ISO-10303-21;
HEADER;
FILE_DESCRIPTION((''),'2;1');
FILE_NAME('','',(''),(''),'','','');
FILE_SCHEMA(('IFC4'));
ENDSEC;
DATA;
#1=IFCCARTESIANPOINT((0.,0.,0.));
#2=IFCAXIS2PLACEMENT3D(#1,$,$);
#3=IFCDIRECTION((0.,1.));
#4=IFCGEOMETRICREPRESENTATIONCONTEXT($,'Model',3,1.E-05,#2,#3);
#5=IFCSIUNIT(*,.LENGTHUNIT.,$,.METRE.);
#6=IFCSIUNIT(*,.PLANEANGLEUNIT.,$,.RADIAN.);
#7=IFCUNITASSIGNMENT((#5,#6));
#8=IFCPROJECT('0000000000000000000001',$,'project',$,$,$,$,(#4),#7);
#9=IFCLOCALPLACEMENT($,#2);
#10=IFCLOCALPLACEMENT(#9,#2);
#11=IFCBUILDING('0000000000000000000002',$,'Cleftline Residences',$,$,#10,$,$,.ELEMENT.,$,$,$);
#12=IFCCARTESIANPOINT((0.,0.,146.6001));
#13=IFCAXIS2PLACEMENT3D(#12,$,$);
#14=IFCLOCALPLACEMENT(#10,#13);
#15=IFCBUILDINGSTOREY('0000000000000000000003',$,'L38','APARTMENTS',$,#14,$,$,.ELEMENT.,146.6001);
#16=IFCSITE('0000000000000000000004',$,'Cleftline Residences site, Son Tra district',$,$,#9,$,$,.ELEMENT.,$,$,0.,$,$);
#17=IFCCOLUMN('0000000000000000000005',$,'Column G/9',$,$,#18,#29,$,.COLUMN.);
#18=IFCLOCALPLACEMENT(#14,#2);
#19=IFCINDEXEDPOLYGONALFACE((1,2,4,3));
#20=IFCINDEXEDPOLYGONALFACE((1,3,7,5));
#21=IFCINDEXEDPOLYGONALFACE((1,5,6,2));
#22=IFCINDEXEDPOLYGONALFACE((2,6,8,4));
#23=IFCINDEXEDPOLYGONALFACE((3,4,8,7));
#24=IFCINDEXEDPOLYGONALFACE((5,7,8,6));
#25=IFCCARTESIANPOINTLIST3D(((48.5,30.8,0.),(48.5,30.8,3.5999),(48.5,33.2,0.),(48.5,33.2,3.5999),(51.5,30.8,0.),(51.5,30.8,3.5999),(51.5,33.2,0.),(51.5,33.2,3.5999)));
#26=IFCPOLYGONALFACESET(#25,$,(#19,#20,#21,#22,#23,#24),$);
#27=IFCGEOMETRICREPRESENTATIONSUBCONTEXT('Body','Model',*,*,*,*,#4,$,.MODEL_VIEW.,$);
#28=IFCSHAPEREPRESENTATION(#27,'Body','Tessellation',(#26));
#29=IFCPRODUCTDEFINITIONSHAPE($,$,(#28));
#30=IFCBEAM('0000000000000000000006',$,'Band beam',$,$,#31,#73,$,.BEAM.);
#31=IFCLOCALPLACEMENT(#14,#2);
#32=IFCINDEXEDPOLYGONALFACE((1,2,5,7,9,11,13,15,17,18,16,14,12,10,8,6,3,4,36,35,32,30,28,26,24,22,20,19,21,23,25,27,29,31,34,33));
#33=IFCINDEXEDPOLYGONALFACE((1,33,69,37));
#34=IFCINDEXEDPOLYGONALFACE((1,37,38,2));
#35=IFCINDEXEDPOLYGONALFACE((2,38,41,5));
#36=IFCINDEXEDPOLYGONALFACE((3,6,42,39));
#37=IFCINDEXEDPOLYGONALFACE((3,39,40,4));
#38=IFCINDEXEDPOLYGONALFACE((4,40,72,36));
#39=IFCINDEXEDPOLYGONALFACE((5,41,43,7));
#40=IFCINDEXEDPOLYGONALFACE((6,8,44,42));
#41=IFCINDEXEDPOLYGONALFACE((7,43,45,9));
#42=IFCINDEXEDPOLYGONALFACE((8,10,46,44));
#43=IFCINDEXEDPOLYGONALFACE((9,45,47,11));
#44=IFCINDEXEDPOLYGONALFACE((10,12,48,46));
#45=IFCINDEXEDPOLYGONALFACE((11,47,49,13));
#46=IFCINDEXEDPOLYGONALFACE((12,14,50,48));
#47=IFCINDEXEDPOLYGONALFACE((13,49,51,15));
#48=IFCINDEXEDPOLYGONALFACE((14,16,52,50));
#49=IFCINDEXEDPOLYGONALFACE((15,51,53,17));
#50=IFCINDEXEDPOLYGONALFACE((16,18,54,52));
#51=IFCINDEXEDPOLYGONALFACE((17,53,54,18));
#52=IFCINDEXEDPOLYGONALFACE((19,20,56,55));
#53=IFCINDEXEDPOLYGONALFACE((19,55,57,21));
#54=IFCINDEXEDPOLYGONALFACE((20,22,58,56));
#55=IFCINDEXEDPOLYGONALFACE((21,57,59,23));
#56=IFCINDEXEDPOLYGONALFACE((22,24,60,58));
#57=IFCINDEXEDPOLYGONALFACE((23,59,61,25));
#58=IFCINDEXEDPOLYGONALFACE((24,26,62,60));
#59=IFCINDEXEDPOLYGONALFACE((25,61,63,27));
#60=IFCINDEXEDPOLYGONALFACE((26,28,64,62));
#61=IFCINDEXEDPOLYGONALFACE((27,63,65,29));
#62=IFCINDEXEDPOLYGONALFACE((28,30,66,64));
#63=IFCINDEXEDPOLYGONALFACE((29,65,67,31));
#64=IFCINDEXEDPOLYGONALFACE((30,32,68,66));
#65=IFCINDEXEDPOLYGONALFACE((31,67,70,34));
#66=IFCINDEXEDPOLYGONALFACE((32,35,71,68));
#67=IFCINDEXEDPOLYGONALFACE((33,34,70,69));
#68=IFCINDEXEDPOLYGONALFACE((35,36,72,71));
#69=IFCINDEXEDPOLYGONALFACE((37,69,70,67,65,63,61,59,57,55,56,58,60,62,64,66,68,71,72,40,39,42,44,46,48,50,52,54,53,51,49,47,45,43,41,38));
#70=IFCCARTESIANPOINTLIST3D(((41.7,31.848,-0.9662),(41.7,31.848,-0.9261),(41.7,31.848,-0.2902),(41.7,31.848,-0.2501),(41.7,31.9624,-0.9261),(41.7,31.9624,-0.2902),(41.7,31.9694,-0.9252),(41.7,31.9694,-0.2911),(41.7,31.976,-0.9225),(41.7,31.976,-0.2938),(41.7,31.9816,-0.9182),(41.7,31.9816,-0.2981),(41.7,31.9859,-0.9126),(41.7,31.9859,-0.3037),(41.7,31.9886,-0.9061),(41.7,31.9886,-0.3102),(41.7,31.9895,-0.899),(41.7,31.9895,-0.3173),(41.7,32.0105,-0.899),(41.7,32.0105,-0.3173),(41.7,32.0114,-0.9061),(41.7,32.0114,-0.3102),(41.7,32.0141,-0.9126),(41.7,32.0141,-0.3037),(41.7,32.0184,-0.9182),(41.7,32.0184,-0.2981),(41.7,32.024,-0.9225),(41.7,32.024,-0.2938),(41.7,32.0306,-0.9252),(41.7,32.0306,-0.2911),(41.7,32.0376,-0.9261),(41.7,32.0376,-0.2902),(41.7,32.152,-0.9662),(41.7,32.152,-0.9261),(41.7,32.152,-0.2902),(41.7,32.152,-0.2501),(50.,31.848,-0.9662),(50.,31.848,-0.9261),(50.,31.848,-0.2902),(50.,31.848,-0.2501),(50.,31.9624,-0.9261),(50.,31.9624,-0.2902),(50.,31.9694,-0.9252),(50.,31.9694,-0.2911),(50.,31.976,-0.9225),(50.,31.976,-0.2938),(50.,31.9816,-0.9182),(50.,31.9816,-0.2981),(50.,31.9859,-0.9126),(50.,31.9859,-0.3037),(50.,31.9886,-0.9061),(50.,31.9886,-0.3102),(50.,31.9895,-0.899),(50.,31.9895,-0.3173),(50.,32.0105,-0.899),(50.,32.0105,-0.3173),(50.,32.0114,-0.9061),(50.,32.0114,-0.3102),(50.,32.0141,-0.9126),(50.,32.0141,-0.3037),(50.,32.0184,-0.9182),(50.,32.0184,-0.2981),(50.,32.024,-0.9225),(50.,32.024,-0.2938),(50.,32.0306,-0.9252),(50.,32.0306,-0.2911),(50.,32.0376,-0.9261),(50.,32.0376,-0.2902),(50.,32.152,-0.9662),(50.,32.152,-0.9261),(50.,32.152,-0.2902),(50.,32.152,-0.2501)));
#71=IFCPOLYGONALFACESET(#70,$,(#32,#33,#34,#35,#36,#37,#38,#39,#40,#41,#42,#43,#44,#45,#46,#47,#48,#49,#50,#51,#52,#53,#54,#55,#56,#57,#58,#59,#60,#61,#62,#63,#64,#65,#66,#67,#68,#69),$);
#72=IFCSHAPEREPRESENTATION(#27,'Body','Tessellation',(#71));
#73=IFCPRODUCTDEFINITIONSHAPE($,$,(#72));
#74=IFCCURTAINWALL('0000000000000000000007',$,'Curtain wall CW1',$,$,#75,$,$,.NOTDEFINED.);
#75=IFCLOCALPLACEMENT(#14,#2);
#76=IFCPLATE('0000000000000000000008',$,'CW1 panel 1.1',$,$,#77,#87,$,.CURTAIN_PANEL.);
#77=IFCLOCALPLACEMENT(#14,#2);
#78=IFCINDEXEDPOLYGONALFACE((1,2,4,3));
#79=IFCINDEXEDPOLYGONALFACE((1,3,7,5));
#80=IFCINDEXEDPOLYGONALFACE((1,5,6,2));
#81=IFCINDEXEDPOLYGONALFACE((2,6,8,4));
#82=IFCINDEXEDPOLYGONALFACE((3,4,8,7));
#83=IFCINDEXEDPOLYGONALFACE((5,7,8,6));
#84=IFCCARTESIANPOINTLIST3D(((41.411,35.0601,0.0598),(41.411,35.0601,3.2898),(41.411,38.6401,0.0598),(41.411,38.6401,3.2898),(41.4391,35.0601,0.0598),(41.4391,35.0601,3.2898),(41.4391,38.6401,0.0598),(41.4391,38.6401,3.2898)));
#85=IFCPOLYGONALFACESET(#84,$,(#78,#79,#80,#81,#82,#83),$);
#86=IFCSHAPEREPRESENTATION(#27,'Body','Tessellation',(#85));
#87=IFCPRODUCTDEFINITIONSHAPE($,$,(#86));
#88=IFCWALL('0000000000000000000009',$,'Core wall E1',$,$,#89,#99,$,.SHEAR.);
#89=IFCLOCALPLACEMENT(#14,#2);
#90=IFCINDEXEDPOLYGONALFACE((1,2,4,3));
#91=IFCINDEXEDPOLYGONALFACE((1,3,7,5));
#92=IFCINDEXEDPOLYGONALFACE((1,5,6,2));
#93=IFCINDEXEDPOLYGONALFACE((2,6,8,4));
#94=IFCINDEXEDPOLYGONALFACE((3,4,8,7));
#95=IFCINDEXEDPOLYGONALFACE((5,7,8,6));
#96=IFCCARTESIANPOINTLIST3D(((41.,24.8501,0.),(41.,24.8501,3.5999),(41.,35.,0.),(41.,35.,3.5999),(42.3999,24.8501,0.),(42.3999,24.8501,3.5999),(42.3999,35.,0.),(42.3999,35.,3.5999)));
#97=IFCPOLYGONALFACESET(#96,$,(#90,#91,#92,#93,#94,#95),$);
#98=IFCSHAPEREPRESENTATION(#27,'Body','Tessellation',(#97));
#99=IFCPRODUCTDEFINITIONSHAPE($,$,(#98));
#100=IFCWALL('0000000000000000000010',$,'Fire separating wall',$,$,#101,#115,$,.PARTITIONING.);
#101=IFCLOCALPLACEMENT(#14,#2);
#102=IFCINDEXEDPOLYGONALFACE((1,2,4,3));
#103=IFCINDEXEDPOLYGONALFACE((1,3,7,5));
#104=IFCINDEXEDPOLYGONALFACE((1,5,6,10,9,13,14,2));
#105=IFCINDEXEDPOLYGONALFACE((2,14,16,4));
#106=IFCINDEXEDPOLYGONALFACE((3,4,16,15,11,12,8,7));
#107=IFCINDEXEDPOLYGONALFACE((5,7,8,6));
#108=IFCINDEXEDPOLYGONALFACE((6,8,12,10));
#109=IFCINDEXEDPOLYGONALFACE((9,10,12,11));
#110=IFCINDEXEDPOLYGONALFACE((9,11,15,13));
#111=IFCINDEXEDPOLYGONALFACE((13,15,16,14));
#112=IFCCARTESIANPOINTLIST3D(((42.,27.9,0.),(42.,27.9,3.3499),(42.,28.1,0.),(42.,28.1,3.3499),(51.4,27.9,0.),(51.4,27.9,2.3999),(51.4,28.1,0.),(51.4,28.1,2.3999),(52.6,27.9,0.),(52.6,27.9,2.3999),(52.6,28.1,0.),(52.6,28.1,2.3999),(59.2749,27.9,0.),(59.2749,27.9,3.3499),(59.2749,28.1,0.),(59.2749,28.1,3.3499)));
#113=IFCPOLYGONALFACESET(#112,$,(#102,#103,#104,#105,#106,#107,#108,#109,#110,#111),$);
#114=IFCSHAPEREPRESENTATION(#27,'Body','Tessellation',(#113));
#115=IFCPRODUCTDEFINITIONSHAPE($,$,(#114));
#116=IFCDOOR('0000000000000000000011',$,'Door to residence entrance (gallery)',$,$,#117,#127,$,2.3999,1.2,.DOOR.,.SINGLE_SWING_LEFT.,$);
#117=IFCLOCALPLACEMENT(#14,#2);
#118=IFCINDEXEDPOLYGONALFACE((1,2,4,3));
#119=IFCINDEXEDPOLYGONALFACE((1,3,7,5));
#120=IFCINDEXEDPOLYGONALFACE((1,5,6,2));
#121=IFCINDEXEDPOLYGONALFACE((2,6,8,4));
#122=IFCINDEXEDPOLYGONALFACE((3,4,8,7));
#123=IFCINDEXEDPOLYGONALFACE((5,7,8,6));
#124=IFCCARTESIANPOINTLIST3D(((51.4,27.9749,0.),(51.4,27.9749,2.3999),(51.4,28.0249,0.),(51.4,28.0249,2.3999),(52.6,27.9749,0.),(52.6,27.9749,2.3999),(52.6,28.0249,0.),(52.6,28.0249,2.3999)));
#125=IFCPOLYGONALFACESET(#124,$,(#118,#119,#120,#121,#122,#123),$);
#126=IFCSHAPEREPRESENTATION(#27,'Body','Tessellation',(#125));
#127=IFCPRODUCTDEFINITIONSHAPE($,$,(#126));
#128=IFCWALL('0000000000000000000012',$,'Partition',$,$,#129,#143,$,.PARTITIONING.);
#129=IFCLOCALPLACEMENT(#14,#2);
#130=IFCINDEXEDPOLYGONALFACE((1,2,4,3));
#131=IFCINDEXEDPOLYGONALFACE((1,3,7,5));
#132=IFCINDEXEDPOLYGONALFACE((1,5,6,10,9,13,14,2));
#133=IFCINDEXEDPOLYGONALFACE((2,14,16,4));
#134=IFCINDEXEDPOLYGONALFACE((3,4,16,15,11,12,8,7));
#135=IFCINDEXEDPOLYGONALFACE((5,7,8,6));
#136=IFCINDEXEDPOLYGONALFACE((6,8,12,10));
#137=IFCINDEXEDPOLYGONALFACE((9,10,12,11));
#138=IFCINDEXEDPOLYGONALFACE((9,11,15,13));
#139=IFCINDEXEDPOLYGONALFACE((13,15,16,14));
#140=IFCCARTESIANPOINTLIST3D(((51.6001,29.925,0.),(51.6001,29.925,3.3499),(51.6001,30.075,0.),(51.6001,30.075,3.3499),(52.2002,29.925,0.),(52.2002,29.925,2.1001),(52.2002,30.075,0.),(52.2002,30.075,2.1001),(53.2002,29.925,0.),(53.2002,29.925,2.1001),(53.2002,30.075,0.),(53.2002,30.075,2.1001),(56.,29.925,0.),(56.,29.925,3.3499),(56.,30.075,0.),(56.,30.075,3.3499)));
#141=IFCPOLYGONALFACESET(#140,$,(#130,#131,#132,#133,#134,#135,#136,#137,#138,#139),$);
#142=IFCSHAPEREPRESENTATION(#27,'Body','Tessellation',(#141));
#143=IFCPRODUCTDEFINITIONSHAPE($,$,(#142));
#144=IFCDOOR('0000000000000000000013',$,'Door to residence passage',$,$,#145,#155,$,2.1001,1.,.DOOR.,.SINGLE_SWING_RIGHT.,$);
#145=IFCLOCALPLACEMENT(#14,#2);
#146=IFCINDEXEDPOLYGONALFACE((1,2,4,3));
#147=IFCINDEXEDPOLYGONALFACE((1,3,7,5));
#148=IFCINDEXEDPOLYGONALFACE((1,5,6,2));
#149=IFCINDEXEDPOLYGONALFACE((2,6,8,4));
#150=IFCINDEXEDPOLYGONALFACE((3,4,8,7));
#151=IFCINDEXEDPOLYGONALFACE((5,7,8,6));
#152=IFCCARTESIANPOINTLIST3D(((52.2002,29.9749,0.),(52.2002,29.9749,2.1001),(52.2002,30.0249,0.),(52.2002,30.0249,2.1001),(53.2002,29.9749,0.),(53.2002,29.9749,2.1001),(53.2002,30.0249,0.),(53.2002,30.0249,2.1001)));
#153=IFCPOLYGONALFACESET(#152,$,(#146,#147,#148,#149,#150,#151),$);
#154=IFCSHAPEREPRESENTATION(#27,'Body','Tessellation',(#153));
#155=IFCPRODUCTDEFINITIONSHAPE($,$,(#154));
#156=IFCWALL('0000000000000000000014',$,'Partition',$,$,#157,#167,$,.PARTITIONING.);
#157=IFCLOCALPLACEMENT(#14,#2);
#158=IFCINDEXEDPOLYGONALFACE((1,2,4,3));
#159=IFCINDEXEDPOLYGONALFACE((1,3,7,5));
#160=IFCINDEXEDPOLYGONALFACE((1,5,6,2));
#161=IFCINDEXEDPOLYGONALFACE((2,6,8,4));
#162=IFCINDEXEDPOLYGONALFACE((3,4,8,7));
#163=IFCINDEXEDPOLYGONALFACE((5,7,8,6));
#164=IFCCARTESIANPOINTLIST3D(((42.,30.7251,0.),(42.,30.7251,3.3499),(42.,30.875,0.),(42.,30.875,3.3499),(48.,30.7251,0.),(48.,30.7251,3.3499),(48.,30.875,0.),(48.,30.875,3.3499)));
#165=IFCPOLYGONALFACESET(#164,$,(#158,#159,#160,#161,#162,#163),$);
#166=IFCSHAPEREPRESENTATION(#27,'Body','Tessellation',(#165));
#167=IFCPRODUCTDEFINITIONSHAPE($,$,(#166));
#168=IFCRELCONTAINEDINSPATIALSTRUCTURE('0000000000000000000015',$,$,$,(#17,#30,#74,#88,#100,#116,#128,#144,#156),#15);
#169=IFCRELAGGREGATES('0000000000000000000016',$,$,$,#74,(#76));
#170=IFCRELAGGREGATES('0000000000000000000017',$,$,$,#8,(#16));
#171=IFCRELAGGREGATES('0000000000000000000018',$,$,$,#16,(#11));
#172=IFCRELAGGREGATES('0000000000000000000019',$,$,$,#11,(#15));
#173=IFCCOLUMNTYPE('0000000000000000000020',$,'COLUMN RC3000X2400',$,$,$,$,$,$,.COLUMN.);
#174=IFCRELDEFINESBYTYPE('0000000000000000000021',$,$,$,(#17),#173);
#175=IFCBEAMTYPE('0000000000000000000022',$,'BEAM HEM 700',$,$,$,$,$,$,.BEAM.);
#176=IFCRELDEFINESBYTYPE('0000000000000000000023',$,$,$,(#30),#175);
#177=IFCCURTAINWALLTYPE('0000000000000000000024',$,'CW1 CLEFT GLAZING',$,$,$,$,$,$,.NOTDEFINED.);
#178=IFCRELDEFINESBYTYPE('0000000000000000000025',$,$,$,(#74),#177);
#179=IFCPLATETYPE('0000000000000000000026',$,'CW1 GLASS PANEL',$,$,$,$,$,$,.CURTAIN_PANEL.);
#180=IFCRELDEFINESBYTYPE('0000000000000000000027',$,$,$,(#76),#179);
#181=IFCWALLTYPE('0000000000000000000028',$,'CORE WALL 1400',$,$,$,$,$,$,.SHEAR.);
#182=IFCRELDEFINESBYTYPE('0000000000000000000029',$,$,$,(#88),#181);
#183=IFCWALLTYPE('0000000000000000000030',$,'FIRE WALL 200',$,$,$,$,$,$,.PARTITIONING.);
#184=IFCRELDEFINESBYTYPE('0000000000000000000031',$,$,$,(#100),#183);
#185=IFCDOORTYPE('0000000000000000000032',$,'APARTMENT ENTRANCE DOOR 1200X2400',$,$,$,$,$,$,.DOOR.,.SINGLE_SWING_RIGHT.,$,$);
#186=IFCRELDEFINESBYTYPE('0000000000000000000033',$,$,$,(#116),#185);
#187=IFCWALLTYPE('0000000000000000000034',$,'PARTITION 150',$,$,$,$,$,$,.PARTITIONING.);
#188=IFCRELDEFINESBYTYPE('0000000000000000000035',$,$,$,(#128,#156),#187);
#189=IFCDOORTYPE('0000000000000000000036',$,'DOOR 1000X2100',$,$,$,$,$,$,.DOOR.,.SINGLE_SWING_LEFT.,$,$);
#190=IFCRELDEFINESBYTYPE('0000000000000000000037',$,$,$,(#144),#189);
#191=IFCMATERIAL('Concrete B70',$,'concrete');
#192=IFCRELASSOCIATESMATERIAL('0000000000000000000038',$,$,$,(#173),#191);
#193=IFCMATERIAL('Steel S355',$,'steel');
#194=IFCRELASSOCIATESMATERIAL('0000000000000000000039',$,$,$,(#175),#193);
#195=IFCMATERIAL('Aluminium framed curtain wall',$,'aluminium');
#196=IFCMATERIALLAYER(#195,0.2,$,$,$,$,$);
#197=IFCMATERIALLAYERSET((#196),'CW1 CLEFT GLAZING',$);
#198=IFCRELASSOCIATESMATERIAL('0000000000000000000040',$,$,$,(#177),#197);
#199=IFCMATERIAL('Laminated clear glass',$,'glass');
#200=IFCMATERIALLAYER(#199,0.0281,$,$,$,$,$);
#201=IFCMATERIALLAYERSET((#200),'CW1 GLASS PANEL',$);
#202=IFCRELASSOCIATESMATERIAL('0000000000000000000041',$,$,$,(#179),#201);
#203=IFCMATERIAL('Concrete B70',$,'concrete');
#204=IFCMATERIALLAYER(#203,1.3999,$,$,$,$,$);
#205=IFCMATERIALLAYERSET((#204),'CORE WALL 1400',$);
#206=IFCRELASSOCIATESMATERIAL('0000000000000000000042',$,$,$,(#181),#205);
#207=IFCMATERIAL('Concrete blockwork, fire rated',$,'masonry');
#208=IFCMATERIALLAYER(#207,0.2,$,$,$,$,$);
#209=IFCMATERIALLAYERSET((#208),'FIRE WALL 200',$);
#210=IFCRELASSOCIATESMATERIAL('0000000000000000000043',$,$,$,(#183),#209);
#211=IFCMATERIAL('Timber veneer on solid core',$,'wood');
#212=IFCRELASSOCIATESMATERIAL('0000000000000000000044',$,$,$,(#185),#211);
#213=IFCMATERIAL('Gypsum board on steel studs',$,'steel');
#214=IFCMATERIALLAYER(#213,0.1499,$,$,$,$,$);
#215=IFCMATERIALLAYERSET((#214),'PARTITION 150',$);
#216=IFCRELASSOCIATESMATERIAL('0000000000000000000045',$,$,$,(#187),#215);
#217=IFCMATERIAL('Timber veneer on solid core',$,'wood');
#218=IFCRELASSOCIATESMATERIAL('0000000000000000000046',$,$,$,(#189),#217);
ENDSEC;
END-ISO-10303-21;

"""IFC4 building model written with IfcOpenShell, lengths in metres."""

from ifc_helpers import new_model, si_unit, direction, frame, frame_2d, origin, origin_2d, place, context, subcontext, project, spatial, rectangle, i_section, extrude, material, layer, layer_set, material_profile, profile_set, type_object, element, fill, aggregate, save


model = new_model("IFC4")

# Units and contexts
model_context = context("Model", 3, precision=1e-05, world=origin(), true_north=direction((0.0, 1.0)))
body_context = subcontext(model_context, "Body", "Model", "MODEL_VIEW")
ifc_project = project(units=[si_unit("LENGTHUNIT", "METRE"), si_unit("PLANEANGLEUNIT", "RADIAN")], contexts=[model_context])

# Site, building, storey
site_placement = place(None, origin())
site = spatial("IfcSite", under=ifc_project, at=site_placement, Name="Cleftline Residences site, Son Tra district", CompositionType="ELEMENT", RefElevation=0.0)
building_placement = place(site_placement, origin())
building = spatial("IfcBuilding", under=site, at=building_placement, Name="Cleftline Residences", CompositionType="ELEMENT")
storey_placement = place(building_placement, frame((0.0, 0.0, 146.6001)))
storey = spatial("IfcBuildingStorey", under=building, at=storey_placement, Name="L38", Description="APARTMENTS", CompositionType="ELEMENT", Elevation=146.6001)

# Column
ifc_material_1 = material(Name="Concrete B70", Category="concrete")
ifc_material_profile_1 = material_profile(ifc_material_1, rectangle(XDim=3.0, YDim=2.3999, at=origin_2d()))
ifc_profile_set_1 = profile_set([ifc_material_profile_1], Name="Concrete B70")
column_type = type_object("IfcColumnType", Name="COLUMN RC3000X2400", PredefinedType="COLUMN", material=ifc_profile_set_1)
column_placement = place(storey_placement, frame((50.0, 32.0, 0.0), z_axis=(0.0, 0.0, 1.0), x_axis=(1.0, 0.0, 0.0)))
element("IfcColumn", 1, at=column_placement, inside=storey, type_object=column_type, Name="Column G/9", PredefinedType="COLUMN", context=body_context, shape_type="SweptSolid", body=[
    extrude(rectangle(XDim=3.0, YDim=2.3999, at=origin_2d()), origin(), (0.0, 0.0, 1.0), 3.5999),
])

# Beam
ifc_material_2 = material(Name="Steel S355", Category="steel")
ifc_material_profile_2 = material_profile(ifc_material_2, i_section(OverallWidth=0.304, OverallDepth=0.7161, WebThickness=0.021, FlangeThickness=0.04, FilletRadius=0.0271, at=origin_2d()))
ifc_profile_set_2 = profile_set([ifc_material_profile_2], Name="Steel S355")
beam_type = type_object("IfcBeamType", Name="BEAM HEM 700", PredefinedType="BEAM", material=ifc_profile_set_2)
beam_placement = place(storey_placement, frame((50.0, 32.0, -0.6082), z_axis=(-1.0, 0.0, 0.0), x_axis=(0.0, -1.0, 0.0)))
element("IfcBeam", 2, at=beam_placement, inside=storey, type_object=beam_type, Name="Band beam", PredefinedType="BEAM", context=body_context, shape_type="SweptSolid", body=[
    extrude(i_section(OverallWidth=0.304, OverallDepth=0.7161, WebThickness=0.021, FlangeThickness=0.04, FilletRadius=0.0271, at=origin_2d()), origin(), (0.0, 0.0, 1.0), 8.3),
])

# Curtain wall, plate
ifc_material_3 = material(Name="Aluminium framed curtain wall", Category="aluminium")
ifc_layer_1 = layer(ifc_material_3, 0.2)
ifc_layer_set_1 = layer_set([ifc_layer_1], Name="CW1 CLEFT GLAZING")
curtain_wall_type = type_object("IfcCurtainWallType", Name="CW1 CLEFT GLAZING", PredefinedType="NOTDEFINED", material=ifc_layer_set_1)
curtain_wall_placement = place(storey_placement, origin())
curtain_wall = element("IfcCurtainWall", 3, at=curtain_wall_placement, inside=storey, type_object=curtain_wall_type, Name="Curtain wall CW1", PredefinedType="NOTDEFINED")
ifc_material_4 = material(Name="Laminated clear glass", Category="glass")
ifc_layer_2 = layer(ifc_material_4, 0.0281)
ifc_layer_set_2 = layer_set([ifc_layer_2], Name="CW1 GLASS PANEL")
plate_type = type_object("IfcPlateType", Name="CW1 GLASS PANEL", PredefinedType="CURTAIN_PANEL", material=ifc_layer_set_2)
plate_placement = place(storey_placement, frame((41.425, 36.8501, 0.0598), z_axis=(0.0, 0.0, 1.0), x_axis=(0.0, -1.0, 0.0)))
plate = element("IfcPlate", 4, at=plate_placement, type_object=plate_type, Name="CW1 panel 1.1", PredefinedType="CURTAIN_PANEL", context=body_context, shape_type="SweptSolid", body=[
    extrude(rectangle(XDim=3.5801, YDim=0.0281, at=origin_2d()), origin(), (0.0, 0.0, 1.0), 3.23),
])
aggregate(curtain_wall, [plate])

# Wall
ifc_material_5 = material(Name="Concrete B70", Category="concrete")
ifc_layer_3 = layer(ifc_material_5, 1.3999)
ifc_layer_set_3 = layer_set([ifc_layer_3], Name="CORE WALL 1400")
wall_type_1 = type_object("IfcWallType", Name="CORE WALL 1400", PredefinedType="SHEAR", material=ifc_layer_set_3)
wall_1_placement = place(storey_placement, frame((41.7, 24.8501, 0.0), z_axis=(0.0, 0.0, 1.0), x_axis=(0.0, 1.0, 0.0)))
element("IfcWall", 5, at=wall_1_placement, inside=storey, type_object=wall_type_1, Name="Core wall E1", PredefinedType="SHEAR", context=body_context, shape_type="SweptSolid", body=[
    extrude(rectangle(XDim=10.1499, YDim=1.3999, at=frame_2d((5.075, 0.0))), origin(), (0.0, 0.0, 1.0), 3.5999),
])

# Walls, openings, doors
ifc_material_6 = material(Name="Concrete blockwork, fire rated", Category="masonry")
ifc_layer_4 = layer(ifc_material_6, 0.2)
ifc_layer_set_4 = layer_set([ifc_layer_4], Name="FIRE WALL 200")
wall_type_2 = type_object("IfcWallType", Name="FIRE WALL 200", PredefinedType="PARTITIONING", material=ifc_layer_set_4)
wall_2_placement = place(storey_placement, frame((42.0, 28.0, 0.0), z_axis=(0.0, 0.0, 1.0), x_axis=(1.0, 0.0, 0.0)))
wall_2 = element("IfcWall", 6, at=wall_2_placement, inside=storey, type_object=wall_type_2, Name="Fire separating wall", PredefinedType="PARTITIONING", context=body_context, shape_type="SweptSolid", body=[
    extrude(rectangle(XDim=17.2749, YDim=0.2, at=frame_2d((8.6375, 0.0))), origin(), (0.0, 0.0, 1.0), 3.3499),
])
opening_1_placement = place(wall_2_placement, frame((9.3999, 0.0, 0.0)))
opening_1 = element("IfcOpeningElement", 7, at=opening_1_placement, cuts=wall_2, PredefinedType="OPENING", context=body_context, shape_type="SweptSolid", body=[
    extrude(rectangle(XDim=1.2, YDim=2.3999, at=frame_2d((0.6001, 1.2))), frame((0.0, 0.1099, 0.0), z_axis=(0.0, -1.0, 0.0), x_axis=(1.0, 0.0, 0.0)), (0.0, 0.0, 1.0), 0.22),
])
ifc_material_7 = material(Name="Timber veneer on solid core", Category="wood")
door_type_1 = type_object("IfcDoorType", Name="APARTMENT ENTRANCE DOOR 1200X2400", OperationType="SINGLE_SWING_RIGHT", PredefinedType="DOOR", material=ifc_material_7)
door_1_placement = place(opening_1_placement, origin())
door_1 = element("IfcDoor", 8, at=door_1_placement, inside=storey, type_object=door_type_1, Name="Door to residence entrance (gallery)", OperationType="SINGLE_SWING_LEFT", OverallHeight=2.3999, OverallWidth=1.2, PredefinedType="DOOR", context=body_context, shape_type="SweptSolid", body=[
    extrude(rectangle(XDim=1.2, YDim=2.3999, at=frame_2d((0.6001, 1.2))), frame((0.0, 0.0249, 0.0), z_axis=(0.0, -1.0, 0.0), x_axis=(1.0, 0.0, 0.0)), (0.0, 0.0, 1.0), 0.05),
])
fill(opening_1, door_1)
ifc_material_8 = material(Name="Gypsum board on steel studs", Category="steel")
ifc_layer_5 = layer(ifc_material_8, 0.1499)
ifc_layer_set_5 = layer_set([ifc_layer_5], Name="PARTITION 150")
wall_type_3 = type_object("IfcWallType", Name="PARTITION 150", PredefinedType="PARTITIONING", material=ifc_layer_set_5)
wall_3_placement = place(storey_placement, frame((51.6001, 30.0, 0.0), z_axis=(0.0, 0.0, 1.0), x_axis=(1.0, 0.0, 0.0)))
wall_3 = element("IfcWall", 9, at=wall_3_placement, inside=storey, type_object=wall_type_3, Name="Partition", PredefinedType="PARTITIONING", context=body_context, shape_type="SweptSolid", body=[
    extrude(rectangle(XDim=4.3999, YDim=0.1499, at=frame_2d((2.2, 0.0))), origin(), (0.0, 0.0, 1.0), 3.3499),
])
opening_2_placement = place(wall_3_placement, frame((0.6001, 0.0, 0.0)))
opening_2 = element("IfcOpeningElement", 10, at=opening_2_placement, cuts=wall_3, PredefinedType="OPENING", context=body_context, shape_type="SweptSolid", body=[
    extrude(rectangle(XDim=1.0, YDim=2.1001, at=frame_2d((0.5, 1.05))), frame((0.0, 0.085, 0.0), z_axis=(0.0, -1.0, 0.0), x_axis=(1.0, 0.0, 0.0)), (0.0, 0.0, 1.0), 0.1699),
])
ifc_material_9 = material(Name="Timber veneer on solid core", Category="wood")
door_type_2 = type_object("IfcDoorType", Name="DOOR 1000X2100", OperationType="SINGLE_SWING_LEFT", PredefinedType="DOOR", material=ifc_material_9)
door_2_placement = place(opening_2_placement, origin())
door_2 = element("IfcDoor", 11, at=door_2_placement, inside=storey, type_object=door_type_2, Name="Door to residence passage", OperationType="SINGLE_SWING_RIGHT", OverallHeight=2.1001, OverallWidth=1.0, PredefinedType="DOOR", context=body_context, shape_type="SweptSolid", body=[
    extrude(rectangle(XDim=1.0, YDim=2.1001, at=frame_2d((0.5, 1.05))), frame((0.0, 0.0249, 0.0), z_axis=(0.0, -1.0, 0.0), x_axis=(1.0, 0.0, 0.0)), (0.0, 0.0, 1.0), 0.05),
])
fill(opening_2, door_2)

# Wall
wall_4_placement = place(storey_placement, frame((42.0, 30.8, 0.0), z_axis=(0.0, 0.0, 1.0), x_axis=(1.0, 0.0, 0.0)))
element("IfcWall", 12, at=wall_4_placement, inside=storey, type_object=wall_type_3, Name="Partition", PredefinedType="PARTITIONING", context=body_context, shape_type="SweptSolid", body=[
    extrude(rectangle(XDim=6.0, YDim=0.1499, at=frame_2d((3.0, 0.0))), origin(), (0.0, 0.0, 1.0), 3.3499),
])

save(model, "model.ifc")
